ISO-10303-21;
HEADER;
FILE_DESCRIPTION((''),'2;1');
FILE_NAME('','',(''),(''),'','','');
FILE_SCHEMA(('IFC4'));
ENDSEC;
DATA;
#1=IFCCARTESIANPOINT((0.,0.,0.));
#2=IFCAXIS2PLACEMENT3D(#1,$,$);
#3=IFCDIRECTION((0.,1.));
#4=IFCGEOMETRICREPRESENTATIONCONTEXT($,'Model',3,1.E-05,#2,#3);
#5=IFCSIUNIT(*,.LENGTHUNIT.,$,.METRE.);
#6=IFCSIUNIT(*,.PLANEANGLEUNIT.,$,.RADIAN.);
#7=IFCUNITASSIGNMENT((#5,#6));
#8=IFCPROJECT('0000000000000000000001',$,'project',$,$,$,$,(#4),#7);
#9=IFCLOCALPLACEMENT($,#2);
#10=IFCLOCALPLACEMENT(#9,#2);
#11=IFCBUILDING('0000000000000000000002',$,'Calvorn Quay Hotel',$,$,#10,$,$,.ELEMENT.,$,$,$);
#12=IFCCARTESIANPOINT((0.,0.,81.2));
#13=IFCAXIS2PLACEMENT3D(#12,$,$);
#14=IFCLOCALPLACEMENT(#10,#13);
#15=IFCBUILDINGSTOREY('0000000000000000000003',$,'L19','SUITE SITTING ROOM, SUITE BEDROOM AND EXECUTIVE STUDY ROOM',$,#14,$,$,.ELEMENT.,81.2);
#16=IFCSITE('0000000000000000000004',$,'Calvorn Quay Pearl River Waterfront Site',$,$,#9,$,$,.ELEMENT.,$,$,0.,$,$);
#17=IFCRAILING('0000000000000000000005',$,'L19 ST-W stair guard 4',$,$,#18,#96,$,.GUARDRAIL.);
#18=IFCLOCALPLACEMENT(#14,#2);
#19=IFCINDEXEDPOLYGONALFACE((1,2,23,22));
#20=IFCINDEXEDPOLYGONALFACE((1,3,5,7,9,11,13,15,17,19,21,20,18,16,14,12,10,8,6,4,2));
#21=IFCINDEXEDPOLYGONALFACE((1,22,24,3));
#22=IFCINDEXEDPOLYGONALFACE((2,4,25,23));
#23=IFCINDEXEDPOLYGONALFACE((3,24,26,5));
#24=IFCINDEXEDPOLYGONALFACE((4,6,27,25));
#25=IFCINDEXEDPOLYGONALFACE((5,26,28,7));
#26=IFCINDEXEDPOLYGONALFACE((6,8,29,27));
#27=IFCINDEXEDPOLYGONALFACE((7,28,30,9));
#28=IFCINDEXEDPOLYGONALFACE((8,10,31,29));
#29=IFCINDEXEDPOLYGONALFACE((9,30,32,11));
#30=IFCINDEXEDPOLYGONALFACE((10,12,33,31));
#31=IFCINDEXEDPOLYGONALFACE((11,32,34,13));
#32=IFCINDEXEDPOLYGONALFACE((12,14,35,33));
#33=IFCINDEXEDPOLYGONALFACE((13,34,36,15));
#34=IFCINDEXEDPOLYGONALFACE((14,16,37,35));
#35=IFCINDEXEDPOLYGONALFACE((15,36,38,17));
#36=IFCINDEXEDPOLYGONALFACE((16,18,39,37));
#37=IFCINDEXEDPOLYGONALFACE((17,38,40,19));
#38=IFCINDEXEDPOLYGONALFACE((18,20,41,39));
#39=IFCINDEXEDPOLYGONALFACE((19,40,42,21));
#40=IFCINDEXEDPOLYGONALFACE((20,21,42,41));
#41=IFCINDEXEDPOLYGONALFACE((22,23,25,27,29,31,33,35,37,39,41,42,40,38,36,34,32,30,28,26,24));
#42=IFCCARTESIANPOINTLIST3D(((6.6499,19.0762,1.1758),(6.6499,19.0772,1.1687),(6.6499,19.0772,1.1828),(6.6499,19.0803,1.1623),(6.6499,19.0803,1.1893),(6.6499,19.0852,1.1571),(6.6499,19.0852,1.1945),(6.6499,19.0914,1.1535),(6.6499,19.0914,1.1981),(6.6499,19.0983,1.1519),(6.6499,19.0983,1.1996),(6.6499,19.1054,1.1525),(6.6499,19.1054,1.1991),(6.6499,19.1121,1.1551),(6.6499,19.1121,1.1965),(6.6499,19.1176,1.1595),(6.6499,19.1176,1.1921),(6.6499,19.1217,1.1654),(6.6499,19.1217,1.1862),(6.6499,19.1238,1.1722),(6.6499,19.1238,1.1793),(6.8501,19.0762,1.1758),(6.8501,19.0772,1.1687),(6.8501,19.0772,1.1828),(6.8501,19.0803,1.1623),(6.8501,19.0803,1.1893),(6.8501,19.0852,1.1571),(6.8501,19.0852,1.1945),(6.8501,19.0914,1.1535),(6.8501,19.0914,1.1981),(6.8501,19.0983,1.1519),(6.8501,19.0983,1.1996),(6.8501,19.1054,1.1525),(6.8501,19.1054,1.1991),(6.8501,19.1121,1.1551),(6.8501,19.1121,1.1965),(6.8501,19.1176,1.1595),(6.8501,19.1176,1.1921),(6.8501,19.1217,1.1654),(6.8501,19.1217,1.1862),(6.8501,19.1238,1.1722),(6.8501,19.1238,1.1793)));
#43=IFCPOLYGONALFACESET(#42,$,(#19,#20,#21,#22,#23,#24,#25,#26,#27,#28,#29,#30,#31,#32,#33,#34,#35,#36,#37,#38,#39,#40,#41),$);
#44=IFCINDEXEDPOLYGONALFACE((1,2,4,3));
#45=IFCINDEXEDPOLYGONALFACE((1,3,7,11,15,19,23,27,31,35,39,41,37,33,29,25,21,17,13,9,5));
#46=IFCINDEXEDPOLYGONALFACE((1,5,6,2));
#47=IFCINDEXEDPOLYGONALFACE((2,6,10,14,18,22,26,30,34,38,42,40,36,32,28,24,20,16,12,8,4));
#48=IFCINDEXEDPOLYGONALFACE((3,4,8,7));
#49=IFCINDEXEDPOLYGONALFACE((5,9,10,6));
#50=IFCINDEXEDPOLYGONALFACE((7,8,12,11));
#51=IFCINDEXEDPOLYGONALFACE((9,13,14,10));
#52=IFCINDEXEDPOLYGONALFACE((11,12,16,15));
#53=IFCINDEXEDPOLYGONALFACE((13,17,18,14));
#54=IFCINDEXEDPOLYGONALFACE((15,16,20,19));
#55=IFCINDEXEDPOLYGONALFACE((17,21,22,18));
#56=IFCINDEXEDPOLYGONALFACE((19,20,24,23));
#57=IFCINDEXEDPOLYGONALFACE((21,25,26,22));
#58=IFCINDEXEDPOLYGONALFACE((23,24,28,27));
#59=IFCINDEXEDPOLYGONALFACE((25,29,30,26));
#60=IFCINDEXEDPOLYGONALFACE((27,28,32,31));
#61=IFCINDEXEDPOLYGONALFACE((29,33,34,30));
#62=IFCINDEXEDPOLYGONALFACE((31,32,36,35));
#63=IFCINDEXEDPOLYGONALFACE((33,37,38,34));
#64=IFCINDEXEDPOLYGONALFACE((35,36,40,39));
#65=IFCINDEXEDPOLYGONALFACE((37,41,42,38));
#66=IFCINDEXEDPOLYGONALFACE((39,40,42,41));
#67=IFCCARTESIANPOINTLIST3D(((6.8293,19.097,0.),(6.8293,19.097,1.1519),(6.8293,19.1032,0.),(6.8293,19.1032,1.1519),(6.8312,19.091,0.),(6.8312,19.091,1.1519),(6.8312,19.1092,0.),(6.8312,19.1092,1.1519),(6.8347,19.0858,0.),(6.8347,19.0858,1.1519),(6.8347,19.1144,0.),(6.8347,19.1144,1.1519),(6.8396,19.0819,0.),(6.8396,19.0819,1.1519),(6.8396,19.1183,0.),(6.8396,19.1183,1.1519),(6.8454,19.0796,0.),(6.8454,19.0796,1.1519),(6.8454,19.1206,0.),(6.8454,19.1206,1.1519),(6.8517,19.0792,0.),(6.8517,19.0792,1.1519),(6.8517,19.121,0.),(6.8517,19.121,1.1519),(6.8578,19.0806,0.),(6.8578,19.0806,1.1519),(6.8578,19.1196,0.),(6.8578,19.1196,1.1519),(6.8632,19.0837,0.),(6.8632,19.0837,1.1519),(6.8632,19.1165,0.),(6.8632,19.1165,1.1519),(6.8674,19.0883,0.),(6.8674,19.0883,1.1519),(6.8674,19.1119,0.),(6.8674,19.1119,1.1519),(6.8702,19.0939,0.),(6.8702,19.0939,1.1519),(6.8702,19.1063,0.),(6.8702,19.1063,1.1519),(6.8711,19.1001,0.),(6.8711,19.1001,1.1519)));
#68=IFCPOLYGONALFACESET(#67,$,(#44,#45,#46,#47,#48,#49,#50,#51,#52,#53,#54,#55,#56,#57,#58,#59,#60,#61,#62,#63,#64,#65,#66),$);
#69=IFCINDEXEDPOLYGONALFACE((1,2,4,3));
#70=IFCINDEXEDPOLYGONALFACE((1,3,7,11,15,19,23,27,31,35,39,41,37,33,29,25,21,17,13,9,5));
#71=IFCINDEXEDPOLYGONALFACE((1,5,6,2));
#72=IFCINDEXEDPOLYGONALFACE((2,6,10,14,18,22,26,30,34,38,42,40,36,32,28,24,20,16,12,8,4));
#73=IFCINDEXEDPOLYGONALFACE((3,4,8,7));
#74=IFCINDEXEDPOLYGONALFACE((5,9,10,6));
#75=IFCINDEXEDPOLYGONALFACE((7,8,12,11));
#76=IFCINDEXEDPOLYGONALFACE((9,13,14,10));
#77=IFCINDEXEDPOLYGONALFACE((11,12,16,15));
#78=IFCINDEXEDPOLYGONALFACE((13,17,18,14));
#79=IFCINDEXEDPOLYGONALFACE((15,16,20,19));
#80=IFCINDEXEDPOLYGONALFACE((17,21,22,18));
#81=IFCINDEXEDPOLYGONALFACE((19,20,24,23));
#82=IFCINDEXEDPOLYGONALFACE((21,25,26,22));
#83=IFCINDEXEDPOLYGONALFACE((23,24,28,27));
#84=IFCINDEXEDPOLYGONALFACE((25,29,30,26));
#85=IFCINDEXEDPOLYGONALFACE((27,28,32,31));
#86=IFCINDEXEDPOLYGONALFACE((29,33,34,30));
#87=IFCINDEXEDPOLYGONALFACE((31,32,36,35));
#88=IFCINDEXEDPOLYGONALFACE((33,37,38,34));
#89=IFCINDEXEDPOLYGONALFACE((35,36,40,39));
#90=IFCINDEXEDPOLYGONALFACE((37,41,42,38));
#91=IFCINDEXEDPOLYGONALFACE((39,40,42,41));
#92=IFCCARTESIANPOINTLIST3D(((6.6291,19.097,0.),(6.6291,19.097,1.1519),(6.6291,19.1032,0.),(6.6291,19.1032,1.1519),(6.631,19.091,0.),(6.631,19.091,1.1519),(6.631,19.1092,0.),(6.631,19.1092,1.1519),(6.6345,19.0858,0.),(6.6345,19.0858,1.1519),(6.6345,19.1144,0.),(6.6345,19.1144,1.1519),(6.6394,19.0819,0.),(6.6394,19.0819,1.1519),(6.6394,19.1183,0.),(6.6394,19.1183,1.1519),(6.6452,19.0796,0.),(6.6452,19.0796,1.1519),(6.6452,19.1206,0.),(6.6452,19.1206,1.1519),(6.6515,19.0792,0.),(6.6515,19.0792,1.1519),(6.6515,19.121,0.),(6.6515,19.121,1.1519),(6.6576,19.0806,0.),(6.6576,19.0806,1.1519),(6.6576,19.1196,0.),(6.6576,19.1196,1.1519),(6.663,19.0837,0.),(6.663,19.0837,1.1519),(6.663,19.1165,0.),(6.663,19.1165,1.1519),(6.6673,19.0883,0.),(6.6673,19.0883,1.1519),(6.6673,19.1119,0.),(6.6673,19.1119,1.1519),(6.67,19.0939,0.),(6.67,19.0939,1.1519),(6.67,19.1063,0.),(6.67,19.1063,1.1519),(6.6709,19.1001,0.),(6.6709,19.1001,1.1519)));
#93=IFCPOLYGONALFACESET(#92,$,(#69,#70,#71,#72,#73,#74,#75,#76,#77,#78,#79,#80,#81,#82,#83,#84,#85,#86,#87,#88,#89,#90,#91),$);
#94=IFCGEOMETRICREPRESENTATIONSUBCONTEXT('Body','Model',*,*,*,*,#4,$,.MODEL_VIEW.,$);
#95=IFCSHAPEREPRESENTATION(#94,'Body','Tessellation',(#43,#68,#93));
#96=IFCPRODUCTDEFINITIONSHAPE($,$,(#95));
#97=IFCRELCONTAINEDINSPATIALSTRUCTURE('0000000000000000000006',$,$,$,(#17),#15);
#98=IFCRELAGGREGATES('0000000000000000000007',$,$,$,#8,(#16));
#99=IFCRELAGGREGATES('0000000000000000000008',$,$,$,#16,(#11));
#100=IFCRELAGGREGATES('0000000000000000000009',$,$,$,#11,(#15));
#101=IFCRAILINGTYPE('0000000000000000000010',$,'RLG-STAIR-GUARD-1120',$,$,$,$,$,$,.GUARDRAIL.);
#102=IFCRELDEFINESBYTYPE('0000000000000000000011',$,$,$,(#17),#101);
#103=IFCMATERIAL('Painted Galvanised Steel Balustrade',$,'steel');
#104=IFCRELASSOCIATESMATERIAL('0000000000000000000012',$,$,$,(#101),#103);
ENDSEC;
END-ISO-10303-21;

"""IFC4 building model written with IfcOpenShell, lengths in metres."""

from ifc_helpers import new_model, si_unit, direction, frame, origin, origin_2d, place, context, subcontext, project, spatial, circle, extrude, material, type_object, element, save


model = new_model("IFC4")

# Units and contexts
model_context = context("Model", 3, precision=1e-05, world=origin(), true_north=direction((0.0, 1.0)))
body_context = subcontext(model_context, "Body", "Model", "MODEL_VIEW")
ifc_project = project(units=[si_unit("LENGTHUNIT", "METRE"), si_unit("PLANEANGLEUNIT", "RADIAN")], contexts=[model_context])

# Site, building, storey
site_placement = place(None, origin())
site = spatial("IfcSite", under=ifc_project, at=site_placement, Name="Calvorn Quay Pearl River Waterfront Site", CompositionType="ELEMENT", RefElevation=0.0)
building_placement = place(site_placement, origin())
building = spatial("IfcBuilding", under=site, at=building_placement, Name="Calvorn Quay Hotel", CompositionType="ELEMENT")
storey_placement = place(building_placement, frame((0.0, 0.0, 81.2)))
storey = spatial("IfcBuildingStorey", under=building, at=storey_placement, Name="L19", Description="SUITE SITTING ROOM, SUITE BEDROOM AND EXECUTIVE STUDY ROOM", CompositionType="ELEMENT", Elevation=81.2)

# Railing
ifc_material_1 = material(Name="Painted Galvanised Steel Balustrade", Category="steel")
railing_type_1 = type_object("IfcRailingType", Name="RLG-STAIR-GUARD-1120", PredefinedType="GUARDRAIL", material=ifc_material_1)
railing_1_placement = place(storey_placement, frame((6.8501, 19.1001, 0.0)))
element("IfcRailing", 1, at=railing_1_placement, inside=storey, type_object=railing_type_1, Name="L19 ST-W stair guard 4", PredefinedType="GUARDRAIL", context=body_context, shape_type="SweptSolid", body=[
    extrude(circle(Radius=0.0239, at=origin_2d()), frame((0.0, 0.0, 1.1758), z_axis=(-1.0, 0.0, 0.0), x_axis=(0.0, -1.0, 0.0)), (0.0, 0.0, 1.0), 0.2002),
    extrude(circle(Radius=0.021, at=origin_2d()), origin(), (0.0, 0.0, 1.0), 1.1519),
    extrude(circle(Radius=0.021, at=origin_2d()), frame((-0.2002, 0.0, 0.0)), (0.0, 0.0, 1.0), 1.1519),
])

save(model, "model.ifc")
